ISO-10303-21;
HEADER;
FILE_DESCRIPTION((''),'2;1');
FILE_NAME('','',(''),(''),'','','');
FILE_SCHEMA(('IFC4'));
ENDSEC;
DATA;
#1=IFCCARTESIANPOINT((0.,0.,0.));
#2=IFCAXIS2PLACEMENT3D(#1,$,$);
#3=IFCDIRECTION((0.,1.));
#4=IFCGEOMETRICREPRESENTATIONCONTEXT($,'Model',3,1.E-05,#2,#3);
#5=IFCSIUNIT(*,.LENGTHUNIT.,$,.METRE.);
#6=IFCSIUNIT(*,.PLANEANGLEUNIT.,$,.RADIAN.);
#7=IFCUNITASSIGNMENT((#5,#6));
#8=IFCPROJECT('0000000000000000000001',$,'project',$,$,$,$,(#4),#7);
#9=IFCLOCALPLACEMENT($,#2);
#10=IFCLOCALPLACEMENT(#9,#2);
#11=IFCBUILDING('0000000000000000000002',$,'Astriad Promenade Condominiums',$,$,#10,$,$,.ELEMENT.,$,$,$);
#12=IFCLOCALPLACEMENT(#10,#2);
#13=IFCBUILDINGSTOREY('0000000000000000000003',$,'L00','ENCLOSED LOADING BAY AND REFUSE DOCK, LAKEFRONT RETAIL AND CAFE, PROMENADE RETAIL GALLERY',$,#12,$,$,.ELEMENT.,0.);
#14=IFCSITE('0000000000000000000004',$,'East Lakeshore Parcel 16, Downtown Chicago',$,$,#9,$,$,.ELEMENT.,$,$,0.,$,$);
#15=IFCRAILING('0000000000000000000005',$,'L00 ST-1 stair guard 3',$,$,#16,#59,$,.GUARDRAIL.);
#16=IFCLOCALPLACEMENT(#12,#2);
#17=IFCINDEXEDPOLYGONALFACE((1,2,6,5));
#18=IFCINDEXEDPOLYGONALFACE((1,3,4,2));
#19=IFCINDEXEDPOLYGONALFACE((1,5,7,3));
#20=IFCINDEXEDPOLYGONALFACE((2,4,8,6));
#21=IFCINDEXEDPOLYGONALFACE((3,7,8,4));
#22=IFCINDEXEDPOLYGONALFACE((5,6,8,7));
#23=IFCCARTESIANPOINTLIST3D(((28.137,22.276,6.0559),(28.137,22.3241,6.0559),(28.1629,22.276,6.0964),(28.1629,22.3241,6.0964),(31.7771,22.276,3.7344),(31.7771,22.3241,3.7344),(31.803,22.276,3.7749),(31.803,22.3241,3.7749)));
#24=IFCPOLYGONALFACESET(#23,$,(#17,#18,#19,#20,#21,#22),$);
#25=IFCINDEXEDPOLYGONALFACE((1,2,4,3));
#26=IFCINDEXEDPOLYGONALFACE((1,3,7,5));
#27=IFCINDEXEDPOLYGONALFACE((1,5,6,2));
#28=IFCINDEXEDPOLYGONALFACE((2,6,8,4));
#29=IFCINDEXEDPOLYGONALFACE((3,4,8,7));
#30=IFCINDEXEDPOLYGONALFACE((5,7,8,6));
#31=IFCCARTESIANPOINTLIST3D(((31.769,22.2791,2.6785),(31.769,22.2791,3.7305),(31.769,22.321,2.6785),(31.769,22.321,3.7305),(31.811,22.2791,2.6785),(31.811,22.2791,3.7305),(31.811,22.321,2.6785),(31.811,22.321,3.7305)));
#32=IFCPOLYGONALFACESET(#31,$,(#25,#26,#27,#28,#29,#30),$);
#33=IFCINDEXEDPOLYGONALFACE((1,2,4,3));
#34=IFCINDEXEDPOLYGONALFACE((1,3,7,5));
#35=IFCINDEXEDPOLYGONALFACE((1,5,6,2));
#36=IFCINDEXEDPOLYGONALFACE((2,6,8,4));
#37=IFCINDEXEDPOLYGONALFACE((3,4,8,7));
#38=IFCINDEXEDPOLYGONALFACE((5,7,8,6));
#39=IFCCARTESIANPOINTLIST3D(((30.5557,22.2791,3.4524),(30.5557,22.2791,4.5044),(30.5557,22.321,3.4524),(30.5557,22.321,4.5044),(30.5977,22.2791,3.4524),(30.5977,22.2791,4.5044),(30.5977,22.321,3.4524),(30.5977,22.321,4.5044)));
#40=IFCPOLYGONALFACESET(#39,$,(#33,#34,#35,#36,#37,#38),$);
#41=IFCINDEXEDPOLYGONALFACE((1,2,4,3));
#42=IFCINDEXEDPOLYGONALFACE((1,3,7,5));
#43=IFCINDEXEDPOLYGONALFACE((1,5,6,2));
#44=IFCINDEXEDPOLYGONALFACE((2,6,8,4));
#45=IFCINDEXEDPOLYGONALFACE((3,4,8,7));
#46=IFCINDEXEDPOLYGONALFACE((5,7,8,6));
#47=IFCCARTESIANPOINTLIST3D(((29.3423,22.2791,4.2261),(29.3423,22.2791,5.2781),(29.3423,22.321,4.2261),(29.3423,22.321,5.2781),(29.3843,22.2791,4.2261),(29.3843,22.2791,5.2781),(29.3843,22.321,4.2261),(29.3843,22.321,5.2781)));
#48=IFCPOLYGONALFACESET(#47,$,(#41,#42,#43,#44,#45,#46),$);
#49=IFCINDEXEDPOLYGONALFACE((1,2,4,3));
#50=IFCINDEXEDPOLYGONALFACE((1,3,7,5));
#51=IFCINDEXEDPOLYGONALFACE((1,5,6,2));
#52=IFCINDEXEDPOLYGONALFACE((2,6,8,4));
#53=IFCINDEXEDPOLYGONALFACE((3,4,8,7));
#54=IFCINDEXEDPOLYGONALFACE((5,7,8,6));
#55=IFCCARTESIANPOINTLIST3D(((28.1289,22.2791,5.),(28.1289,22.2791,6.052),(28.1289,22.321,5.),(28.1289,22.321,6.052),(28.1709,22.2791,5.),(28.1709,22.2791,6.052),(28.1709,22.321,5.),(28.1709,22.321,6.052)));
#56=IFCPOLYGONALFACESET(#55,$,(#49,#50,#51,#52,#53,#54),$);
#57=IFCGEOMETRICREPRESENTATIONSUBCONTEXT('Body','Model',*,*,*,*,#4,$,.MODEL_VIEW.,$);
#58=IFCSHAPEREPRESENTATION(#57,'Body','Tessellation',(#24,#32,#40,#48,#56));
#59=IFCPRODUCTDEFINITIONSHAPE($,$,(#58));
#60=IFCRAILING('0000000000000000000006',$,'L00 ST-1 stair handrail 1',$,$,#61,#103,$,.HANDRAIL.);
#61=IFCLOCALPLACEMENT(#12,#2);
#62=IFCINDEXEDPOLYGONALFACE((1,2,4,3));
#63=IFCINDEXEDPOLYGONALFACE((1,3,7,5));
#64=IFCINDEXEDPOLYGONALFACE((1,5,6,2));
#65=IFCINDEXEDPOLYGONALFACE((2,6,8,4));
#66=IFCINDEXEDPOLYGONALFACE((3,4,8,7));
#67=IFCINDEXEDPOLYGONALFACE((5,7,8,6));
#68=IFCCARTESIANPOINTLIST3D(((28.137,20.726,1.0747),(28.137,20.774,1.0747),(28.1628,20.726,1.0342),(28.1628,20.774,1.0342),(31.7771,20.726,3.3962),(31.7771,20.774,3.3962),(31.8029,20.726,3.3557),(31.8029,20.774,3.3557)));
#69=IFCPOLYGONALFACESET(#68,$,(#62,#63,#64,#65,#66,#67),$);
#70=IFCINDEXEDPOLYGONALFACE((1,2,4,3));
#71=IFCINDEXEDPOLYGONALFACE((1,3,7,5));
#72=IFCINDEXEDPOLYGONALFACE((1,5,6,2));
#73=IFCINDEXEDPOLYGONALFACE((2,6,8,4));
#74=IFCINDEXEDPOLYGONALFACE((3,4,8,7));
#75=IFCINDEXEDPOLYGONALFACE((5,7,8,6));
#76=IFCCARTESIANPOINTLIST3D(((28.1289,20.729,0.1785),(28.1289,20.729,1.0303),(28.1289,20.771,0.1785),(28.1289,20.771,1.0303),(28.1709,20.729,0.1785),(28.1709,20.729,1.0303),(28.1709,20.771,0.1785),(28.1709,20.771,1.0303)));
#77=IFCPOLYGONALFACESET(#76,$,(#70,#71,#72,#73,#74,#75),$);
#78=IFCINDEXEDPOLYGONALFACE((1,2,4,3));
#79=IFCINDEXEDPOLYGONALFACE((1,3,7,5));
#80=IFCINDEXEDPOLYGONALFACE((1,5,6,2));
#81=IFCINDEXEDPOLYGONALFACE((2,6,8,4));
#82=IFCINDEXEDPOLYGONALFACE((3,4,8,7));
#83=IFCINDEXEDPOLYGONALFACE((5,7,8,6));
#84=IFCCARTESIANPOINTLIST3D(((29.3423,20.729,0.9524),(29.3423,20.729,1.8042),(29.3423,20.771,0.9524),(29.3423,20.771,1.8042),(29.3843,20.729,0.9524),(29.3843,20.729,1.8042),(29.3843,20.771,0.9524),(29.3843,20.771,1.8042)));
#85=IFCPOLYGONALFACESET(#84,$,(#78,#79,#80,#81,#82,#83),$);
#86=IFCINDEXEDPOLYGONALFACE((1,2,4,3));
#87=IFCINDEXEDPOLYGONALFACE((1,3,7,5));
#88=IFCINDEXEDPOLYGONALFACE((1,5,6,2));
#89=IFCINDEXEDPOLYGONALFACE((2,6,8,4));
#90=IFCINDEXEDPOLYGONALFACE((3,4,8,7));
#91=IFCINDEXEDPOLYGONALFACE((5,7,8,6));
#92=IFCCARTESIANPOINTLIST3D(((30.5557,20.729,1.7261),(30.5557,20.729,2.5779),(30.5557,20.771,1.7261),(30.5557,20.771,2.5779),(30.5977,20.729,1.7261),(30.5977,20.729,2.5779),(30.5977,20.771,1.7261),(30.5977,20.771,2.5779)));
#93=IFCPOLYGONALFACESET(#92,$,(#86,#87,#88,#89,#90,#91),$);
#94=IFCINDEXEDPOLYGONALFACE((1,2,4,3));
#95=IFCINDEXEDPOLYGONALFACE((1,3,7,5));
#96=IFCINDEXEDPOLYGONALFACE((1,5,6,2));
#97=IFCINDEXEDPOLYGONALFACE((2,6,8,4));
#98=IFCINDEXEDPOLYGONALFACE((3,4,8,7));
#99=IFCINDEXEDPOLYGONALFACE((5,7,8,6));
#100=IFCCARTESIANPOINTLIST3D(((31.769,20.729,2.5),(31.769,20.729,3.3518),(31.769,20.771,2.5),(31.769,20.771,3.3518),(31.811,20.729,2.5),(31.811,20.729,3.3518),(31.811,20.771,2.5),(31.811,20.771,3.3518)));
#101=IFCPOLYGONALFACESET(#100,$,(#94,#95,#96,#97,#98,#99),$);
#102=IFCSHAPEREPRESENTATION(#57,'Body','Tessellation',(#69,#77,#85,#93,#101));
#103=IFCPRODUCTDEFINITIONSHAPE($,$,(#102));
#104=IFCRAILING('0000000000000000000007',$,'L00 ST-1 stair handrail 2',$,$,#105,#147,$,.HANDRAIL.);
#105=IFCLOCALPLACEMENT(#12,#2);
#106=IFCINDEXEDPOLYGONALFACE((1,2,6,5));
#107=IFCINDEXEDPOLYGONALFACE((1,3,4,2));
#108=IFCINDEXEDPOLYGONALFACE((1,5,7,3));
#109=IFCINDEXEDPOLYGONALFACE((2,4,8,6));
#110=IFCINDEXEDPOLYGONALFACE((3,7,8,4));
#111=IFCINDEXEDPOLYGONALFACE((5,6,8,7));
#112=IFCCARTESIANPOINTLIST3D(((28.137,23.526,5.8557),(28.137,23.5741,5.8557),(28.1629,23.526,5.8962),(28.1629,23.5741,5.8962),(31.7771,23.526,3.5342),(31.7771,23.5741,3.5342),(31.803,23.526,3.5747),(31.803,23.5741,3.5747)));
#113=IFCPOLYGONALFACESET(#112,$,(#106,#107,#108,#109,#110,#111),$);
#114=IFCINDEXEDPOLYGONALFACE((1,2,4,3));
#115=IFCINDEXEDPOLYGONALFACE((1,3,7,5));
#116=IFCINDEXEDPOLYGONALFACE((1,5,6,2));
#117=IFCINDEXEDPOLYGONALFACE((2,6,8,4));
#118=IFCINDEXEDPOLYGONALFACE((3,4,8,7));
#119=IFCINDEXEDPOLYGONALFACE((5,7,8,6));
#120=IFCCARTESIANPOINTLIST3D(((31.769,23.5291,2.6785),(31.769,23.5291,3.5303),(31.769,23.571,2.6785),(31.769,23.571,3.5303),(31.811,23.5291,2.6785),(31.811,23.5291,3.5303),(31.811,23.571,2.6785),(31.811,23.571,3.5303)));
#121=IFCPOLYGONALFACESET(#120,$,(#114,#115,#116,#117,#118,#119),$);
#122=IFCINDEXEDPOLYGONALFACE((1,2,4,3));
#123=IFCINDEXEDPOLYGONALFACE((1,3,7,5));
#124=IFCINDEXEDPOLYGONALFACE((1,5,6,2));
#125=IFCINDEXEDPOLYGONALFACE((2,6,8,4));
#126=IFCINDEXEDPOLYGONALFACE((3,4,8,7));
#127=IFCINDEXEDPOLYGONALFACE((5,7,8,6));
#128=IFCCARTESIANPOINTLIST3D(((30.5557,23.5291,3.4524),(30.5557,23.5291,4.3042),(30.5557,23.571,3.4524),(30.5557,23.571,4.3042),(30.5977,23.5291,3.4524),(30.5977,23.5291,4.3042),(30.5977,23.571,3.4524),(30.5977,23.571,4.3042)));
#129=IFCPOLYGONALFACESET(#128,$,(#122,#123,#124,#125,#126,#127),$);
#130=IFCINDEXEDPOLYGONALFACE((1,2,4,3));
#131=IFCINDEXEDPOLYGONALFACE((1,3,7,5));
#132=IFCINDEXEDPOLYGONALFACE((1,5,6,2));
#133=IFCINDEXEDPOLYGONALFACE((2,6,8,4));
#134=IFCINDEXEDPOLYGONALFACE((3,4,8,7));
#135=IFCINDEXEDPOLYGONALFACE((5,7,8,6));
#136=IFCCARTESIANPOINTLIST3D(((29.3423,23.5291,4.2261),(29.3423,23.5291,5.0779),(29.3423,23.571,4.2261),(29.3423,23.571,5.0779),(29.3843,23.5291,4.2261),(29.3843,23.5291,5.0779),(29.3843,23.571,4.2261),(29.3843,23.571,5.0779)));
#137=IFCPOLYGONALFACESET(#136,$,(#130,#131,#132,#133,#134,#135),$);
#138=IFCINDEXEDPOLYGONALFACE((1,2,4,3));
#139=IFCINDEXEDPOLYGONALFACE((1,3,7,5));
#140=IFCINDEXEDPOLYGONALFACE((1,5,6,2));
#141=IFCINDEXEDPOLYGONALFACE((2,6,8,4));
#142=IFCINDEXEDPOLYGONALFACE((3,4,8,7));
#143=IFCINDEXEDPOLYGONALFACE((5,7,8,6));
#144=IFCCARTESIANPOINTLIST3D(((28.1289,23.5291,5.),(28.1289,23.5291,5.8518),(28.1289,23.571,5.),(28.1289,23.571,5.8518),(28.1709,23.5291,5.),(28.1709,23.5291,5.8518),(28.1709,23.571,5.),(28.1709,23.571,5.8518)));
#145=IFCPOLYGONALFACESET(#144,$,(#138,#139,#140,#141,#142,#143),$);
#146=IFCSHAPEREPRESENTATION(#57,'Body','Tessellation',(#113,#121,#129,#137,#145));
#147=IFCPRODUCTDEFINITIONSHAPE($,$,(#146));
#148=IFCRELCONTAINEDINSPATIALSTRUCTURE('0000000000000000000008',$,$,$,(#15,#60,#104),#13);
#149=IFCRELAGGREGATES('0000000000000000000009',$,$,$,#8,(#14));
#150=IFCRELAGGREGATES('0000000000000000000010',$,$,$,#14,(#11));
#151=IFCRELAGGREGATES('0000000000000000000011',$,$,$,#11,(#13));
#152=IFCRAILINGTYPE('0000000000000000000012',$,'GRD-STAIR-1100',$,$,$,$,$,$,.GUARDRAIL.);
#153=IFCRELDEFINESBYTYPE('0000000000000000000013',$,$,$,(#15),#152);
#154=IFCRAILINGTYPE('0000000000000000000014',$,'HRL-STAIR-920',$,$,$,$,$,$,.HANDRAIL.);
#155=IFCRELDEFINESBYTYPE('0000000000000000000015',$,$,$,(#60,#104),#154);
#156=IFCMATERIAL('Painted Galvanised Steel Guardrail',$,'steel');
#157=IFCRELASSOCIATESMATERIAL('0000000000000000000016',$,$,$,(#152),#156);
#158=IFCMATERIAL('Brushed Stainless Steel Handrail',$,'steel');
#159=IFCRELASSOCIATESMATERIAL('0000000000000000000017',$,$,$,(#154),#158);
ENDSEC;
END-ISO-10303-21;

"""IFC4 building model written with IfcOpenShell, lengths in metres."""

from ifc_helpers import new_model, si_unit, direction, frame, origin, origin_2d, place, context, subcontext, project, spatial, rectangle, extrude, source, transform, mapped, material, type_object, type_shapes, element, save


model = new_model("IFC4")

# Units and contexts
model_context = context("Model", 3, precision=1e-05, world=origin(), true_north=direction((0.0, 1.0)))
body_context = subcontext(model_context, "Body", "Model", "MODEL_VIEW")
ifc_project = project(units=[si_unit("LENGTHUNIT", "METRE"), si_unit("PLANEANGLEUNIT", "RADIAN")], contexts=[model_context])

# Site, building, storey
site_placement = place(None, origin())
site = spatial("IfcSite", under=ifc_project, at=site_placement, Name="East Lakeshore Parcel 16, Downtown Chicago", CompositionType="ELEMENT", RefElevation=0.0)
building_placement = place(site_placement, origin())
building = spatial("IfcBuilding", under=site, at=building_placement, Name="Astriad Promenade Condominiums", CompositionType="ELEMENT")
storey_placement = place(building_placement, origin())
storey = spatial("IfcBuildingStorey", under=building, at=storey_placement, Name="L00", Description="ENCLOSED LOADING BAY AND REFUSE DOCK, LAKEFRONT RETAIL AND CAFE, PROMENADE RETAIL GALLERY", CompositionType="ELEMENT", Elevation=0.0)

# Railings
ifc_material_1 = material(Name="Painted Galvanised Steel Guardrail", Category="steel")
railing_type_1 = type_object("IfcRailingType", Name="GRD-STAIR-1100", PredefinedType="GUARDRAIL", material=ifc_material_1)
shared_shape_1 = source(origin(), body_context, "Body", "SweptSolid", [
    extrude(rectangle(XDim=0.0481, YDim=0.0481, at=origin_2d()), frame((0.0, 0.0, 1.0762), z_axis=(-0.843128, 0.0, 0.537713), x_axis=(0.0, -1.0, 0.0)), (0.0, 0.0, 1.0), 4.3174),
    extrude(rectangle(XDim=0.042, YDim=0.042, at=origin_2d()), origin(), (0.0, 0.0, 1.0), 1.052),
    extrude(rectangle(XDim=0.042, YDim=0.042, at=origin_2d()), frame((-1.2134, 0.0, 0.7739)), (0.0, 0.0, 1.0), 1.052),
    extrude(rectangle(XDim=0.042, YDim=0.042, at=origin_2d()), frame((-2.4268, 0.0, 1.5476)), (0.0, 0.0, 1.0), 1.052),
    extrude(rectangle(XDim=0.042, YDim=0.042, at=origin_2d()), frame((-3.6401, 0.0, 2.3215)), (0.0, 0.0, 1.0), 1.052),
])
railing_1_placement = place(storey_placement, frame((31.79, 22.3, 2.6785)))
element("IfcRailing", 1, at=railing_1_placement, inside=storey, type_object=railing_type_1, Name="L00 ST-1 stair guard 3", PredefinedType="GUARDRAIL", context=body_context, shape_type="MappedRepresentation", body=[
    mapped(shared_shape_1, transform((0.0, 0.0, 0.0), scale=1.0)),
])
ifc_material_2 = material(Name="Brushed Stainless Steel Handrail", Category="steel")
railing_type_2 = type_object("IfcRailingType", Name="HRL-STAIR-920", PredefinedType="HANDRAIL", material=ifc_material_2)
shared_shape_2 = source(origin(), body_context, "Body", "SweptSolid", [
    extrude(rectangle(XDim=0.0481, YDim=0.0481, at=origin_2d()), frame((0.0, 0.0, 0.876), z_axis=(0.843128, 0.0, 0.537713), x_axis=(0.0, 1.0, 0.0)), (0.0, 0.0, 1.0), 4.3174),
    extrude(rectangle(XDim=0.042, YDim=0.042, at=origin_2d()), origin(), (0.0, 0.0, 1.0), 0.8518),
    extrude(rectangle(XDim=0.042, YDim=0.042, at=origin_2d()), frame((1.2134, 0.0, 0.7739)), (0.0, 0.0, 1.0), 0.8518),
    extrude(rectangle(XDim=0.042, YDim=0.042, at=origin_2d()), frame((2.4268, 0.0, 1.5476)), (0.0, 0.0, 1.0), 0.8518),
    extrude(rectangle(XDim=0.042, YDim=0.042, at=origin_2d()), frame((3.6401, 0.0, 2.3215)), (0.0, 0.0, 1.0), 0.8518),
])
railing_2_placement = place(storey_placement, frame((28.1499, 20.75, 0.1785)))
element("IfcRailing", 2, at=railing_2_placement, inside=storey, type_object=railing_type_2, Name="L00 ST-1 stair handrail 1", PredefinedType="HANDRAIL", context=body_context, shape_type="MappedRepresentation", body=[
    mapped(shared_shape_2, transform((0.0, 0.0, 0.0), scale=1.0)),
])
shared_shape_3 = source(origin(), body_context, "Body", "SweptSolid", [
    extrude(rectangle(XDim=0.0481, YDim=0.0481, at=origin_2d()), frame((0.0, 0.0, 0.876), z_axis=(-0.843128, 0.0, 0.537713), x_axis=(0.0, -1.0, 0.0)), (0.0, 0.0, 1.0), 4.3174),
    extrude(rectangle(XDim=0.042, YDim=0.042, at=origin_2d()), origin(), (0.0, 0.0, 1.0), 0.8518),
    extrude(rectangle(XDim=0.042, YDim=0.042, at=origin_2d()), frame((-1.2134, 0.0, 0.7739)), (0.0, 0.0, 1.0), 0.8518),
    extrude(rectangle(XDim=0.042, YDim=0.042, at=origin_2d()), frame((-2.4268, 0.0, 1.5476)), (0.0, 0.0, 1.0), 0.8518),
    extrude(rectangle(XDim=0.042, YDim=0.042, at=origin_2d()), frame((-3.6401, 0.0, 2.3215)), (0.0, 0.0, 1.0), 0.8518),
])
type_shapes(railing_type_2, [shared_shape_2, shared_shape_3])
railing_3_placement = place(storey_placement, frame((31.79, 23.55, 2.6785)))
element("IfcRailing", 3, at=railing_3_placement, inside=storey, type_object=railing_type_2, Name="L00 ST-1 stair handrail 2", PredefinedType="HANDRAIL", context=body_context, shape_type="MappedRepresentation", body=[
    mapped(shared_shape_3, transform((0.0, 0.0, 0.0), scale=1.0)),
])

save(model, "model.ifc")
